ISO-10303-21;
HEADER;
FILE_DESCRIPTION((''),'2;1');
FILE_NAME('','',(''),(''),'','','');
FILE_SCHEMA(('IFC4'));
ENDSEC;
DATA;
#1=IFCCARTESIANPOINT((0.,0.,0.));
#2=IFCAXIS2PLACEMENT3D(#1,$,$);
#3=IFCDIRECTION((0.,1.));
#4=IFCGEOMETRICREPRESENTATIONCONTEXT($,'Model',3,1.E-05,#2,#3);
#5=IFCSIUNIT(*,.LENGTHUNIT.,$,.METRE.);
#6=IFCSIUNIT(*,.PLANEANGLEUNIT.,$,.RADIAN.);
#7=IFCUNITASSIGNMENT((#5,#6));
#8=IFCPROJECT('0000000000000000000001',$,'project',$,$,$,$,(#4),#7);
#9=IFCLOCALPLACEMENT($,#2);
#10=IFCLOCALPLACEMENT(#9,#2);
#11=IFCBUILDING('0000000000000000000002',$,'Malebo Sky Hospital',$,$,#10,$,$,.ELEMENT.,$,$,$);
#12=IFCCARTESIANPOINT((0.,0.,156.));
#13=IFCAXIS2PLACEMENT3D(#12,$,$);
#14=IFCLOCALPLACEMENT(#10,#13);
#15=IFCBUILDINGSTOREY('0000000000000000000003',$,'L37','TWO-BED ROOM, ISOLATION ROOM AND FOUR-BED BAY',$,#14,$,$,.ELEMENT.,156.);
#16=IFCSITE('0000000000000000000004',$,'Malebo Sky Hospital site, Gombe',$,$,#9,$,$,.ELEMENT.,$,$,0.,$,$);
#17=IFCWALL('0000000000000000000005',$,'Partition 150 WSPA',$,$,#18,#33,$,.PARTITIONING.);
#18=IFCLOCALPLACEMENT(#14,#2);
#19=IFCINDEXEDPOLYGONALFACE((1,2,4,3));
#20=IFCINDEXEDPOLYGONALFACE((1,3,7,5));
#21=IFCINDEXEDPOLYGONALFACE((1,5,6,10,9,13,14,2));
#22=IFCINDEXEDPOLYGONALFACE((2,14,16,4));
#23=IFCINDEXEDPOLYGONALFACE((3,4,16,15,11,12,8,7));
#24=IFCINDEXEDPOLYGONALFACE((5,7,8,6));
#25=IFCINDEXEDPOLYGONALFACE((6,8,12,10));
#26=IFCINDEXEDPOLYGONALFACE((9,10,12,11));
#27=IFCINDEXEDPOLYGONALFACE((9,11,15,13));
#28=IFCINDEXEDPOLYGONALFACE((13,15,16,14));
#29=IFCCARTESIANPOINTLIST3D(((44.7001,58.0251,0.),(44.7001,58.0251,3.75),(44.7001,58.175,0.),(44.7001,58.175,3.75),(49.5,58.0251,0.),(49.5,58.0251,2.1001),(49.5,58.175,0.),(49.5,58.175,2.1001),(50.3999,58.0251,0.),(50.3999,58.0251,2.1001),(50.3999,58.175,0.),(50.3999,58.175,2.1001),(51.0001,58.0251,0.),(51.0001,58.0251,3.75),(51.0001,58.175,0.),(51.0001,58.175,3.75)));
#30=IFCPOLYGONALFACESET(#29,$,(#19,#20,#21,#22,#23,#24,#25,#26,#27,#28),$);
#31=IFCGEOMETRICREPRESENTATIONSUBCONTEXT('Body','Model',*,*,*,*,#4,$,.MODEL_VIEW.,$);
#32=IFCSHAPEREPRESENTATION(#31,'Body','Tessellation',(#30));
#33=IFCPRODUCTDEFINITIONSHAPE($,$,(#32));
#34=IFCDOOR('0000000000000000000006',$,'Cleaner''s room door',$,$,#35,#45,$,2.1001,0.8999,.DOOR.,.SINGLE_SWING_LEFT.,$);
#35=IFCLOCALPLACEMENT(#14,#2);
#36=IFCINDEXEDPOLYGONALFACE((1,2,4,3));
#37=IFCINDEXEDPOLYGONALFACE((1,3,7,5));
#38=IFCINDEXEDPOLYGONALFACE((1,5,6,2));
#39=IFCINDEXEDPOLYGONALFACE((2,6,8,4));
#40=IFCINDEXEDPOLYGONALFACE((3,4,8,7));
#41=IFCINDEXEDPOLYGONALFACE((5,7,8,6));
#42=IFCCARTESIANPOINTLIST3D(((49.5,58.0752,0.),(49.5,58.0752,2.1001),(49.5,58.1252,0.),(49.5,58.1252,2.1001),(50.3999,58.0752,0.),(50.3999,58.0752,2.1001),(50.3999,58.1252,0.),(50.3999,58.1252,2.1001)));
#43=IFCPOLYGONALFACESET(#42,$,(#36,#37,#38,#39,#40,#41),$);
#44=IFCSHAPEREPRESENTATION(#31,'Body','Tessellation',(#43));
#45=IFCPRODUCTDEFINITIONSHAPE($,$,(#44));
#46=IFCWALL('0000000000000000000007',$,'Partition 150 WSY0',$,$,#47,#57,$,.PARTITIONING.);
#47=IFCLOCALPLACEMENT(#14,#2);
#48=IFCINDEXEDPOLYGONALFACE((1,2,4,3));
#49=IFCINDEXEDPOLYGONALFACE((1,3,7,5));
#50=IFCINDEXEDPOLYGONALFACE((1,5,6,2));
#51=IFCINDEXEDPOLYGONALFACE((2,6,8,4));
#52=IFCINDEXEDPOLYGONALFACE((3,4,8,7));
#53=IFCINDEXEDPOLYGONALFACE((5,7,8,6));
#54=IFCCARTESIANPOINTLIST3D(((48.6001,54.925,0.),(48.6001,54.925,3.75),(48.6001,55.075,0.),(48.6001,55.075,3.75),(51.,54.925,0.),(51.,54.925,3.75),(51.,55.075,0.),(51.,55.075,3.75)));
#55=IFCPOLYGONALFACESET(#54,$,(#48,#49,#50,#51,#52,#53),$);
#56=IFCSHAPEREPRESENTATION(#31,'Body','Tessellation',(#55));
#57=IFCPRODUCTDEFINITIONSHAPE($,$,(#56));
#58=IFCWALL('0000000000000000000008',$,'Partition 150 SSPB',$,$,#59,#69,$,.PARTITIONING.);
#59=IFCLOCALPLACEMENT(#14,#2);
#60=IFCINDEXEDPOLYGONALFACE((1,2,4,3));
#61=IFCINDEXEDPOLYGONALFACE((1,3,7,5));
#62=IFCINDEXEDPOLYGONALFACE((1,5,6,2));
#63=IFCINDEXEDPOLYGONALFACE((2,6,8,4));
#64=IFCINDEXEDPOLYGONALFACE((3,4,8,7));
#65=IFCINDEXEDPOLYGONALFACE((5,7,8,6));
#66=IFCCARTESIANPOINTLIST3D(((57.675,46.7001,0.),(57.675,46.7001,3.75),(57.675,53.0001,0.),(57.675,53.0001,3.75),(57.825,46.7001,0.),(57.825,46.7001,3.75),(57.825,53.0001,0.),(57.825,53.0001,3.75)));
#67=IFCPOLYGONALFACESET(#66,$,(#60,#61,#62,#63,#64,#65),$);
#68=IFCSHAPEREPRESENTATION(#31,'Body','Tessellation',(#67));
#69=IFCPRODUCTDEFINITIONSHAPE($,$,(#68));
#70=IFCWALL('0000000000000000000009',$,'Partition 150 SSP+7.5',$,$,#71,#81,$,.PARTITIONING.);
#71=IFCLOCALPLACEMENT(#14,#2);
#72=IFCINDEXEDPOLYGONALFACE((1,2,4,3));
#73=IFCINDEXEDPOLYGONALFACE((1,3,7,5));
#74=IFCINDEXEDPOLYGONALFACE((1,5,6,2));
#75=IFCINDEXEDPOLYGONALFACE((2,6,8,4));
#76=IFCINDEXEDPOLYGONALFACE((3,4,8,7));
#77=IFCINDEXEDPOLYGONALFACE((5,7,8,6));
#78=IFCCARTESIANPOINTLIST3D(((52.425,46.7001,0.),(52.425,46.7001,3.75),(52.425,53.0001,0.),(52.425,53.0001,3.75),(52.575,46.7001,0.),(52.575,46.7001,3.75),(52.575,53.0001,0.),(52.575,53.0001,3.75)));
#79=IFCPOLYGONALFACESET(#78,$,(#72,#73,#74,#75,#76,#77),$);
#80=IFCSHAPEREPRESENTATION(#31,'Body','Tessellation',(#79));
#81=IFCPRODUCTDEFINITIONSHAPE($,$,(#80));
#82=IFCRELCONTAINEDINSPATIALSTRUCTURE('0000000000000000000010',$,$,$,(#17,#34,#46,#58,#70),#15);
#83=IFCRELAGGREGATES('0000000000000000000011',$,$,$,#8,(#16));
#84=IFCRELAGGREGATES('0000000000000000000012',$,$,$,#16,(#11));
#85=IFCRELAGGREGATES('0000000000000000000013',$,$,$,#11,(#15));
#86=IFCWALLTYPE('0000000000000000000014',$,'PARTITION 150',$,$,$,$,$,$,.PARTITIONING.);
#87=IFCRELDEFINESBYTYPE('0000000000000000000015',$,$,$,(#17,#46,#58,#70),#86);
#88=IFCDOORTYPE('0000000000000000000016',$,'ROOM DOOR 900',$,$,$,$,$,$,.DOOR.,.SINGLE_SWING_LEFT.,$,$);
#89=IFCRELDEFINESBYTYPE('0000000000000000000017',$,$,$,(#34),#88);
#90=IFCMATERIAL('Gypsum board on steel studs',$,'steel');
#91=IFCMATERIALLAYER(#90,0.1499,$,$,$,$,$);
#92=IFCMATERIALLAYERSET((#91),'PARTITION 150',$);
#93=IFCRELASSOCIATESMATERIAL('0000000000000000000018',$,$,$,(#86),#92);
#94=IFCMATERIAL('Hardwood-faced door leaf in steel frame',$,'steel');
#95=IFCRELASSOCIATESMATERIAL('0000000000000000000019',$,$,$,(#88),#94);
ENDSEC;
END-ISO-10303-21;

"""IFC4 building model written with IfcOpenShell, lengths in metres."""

from ifc_helpers import new_model, si_unit, direction, frame, frame_2d, origin, place, context, subcontext, project, spatial, rectangle, extrude, material, layer, layer_set, type_object, element, fill, save


model = new_model("IFC4")

# Units and contexts
model_context = context("Model", 3, precision=1e-05, world=origin(), true_north=direction((0.0, 1.0)))
body_context = subcontext(model_context, "Body", "Model", "MODEL_VIEW")
ifc_project = project(units=[si_unit("LENGTHUNIT", "METRE"), si_unit("PLANEANGLEUNIT", "RADIAN")], contexts=[model_context])

# Site, building, storey
site_placement = place(None, origin())
site = spatial("IfcSite", under=ifc_project, at=site_placement, Name="Malebo Sky Hospital site, Gombe", CompositionType="ELEMENT", RefElevation=0.0)
building_placement = place(site_placement, origin())
building = spatial("IfcBuilding", under=site, at=building_placement, Name="Malebo Sky Hospital", CompositionType="ELEMENT")
storey_placement = place(building_placement, frame((0.0, 0.0, 156.0)))
storey = spatial("IfcBuildingStorey", under=building, at=storey_placement, Name="L37", Description="TWO-BED ROOM, ISOLATION ROOM AND FOUR-BED BAY", CompositionType="ELEMENT", Elevation=156.0)

# Shared definitions
ifc_material_1 = material(Name="Hardwood-faced door leaf in steel frame", Category="steel")

# Shared definitions
ifc_material_2 = material(Name="Gypsum board on steel studs", Category="steel")

# Shared definitions
ifc_layer_1 = layer(ifc_material_2, 0.1499)
ifc_layer_set_1 = layer_set([ifc_layer_1], Name="PARTITION 150")
wall_type_1 = type_object("IfcWallType", Name="PARTITION 150", PredefinedType="PARTITIONING", material=ifc_layer_set_1)

# Wall, opening, door
wall_1_placement = place(storey_placement, frame((51.0, 58.1001, 0.0), z_axis=(0.0, 0.0, 1.0), x_axis=(-1.0, 0.0, 0.0)))
wall_1 = element("IfcWall", 1, at=wall_1_placement, inside=storey, type_object=wall_type_1, Name="Partition 150 WSPA", PredefinedType="PARTITIONING", context=body_context, shape_type="SweptSolid", body=[
    extrude(rectangle(XDim=6.3, YDim=0.1499, at=frame_2d((3.1499, 0.0))), origin(), (0.0, 0.0, 1.0), 3.75),
])
opening_1_placement = place(wall_1_placement, frame((0.6001, 0.0, 0.0)))
opening_1 = element("IfcOpeningElement", 2, at=opening_1_placement, cuts=wall_1, PredefinedType="OPENING", context=body_context, shape_type="SweptSolid", body=[
    extrude(rectangle(XDim=0.8999, YDim=2.1001, at=frame_2d((0.45, 1.05))), frame((0.0, 0.085, 0.0), z_axis=(0.0, -1.0, 0.0), x_axis=(1.0, 0.0, 0.0)), (0.0, 0.0, 1.0), 0.1699),
])
door_type_1 = type_object("IfcDoorType", Name="ROOM DOOR 900", OperationType="SINGLE_SWING_LEFT", PredefinedType="DOOR", material=ifc_material_1)
door_1_placement = place(opening_1_placement, origin())
door_1 = element("IfcDoor", 3, at=door_1_placement, inside=storey, type_object=door_type_1, Name="Cleaner's room door", OperationType="SINGLE_SWING_LEFT", OverallHeight=2.1001, OverallWidth=0.8999, PredefinedType="DOOR", context=body_context, shape_type="SweptSolid", body=[
    extrude(rectangle(XDim=0.8999, YDim=2.1001, at=frame_2d((0.45, 1.05))), frame((0.0, 0.0249, 0.0), z_axis=(0.0, -1.0, 0.0), x_axis=(1.0, 0.0, 0.0)), (0.0, 0.0, 1.0), 0.05),
])
fill(opening_1, door_1)

# Walls
wall_2_placement = place(storey_placement, frame((51.0, 55.0, 0.0), z_axis=(0.0, 0.0, 1.0), x_axis=(-1.0, 0.0, 0.0)))
element("IfcWall", 4, at=wall_2_placement, inside=storey, type_object=wall_type_1, Name="Partition 150 WSY0", PredefinedType="PARTITIONING", context=body_context, shape_type="SweptSolid", body=[
    extrude(rectangle(XDim=2.3999, YDim=0.1499, at=frame_2d((1.2, 0.0))), origin(), (0.0, 0.0, 1.0), 3.75),
])
for number, where, z_axis, x_axis, name in (
    (5, (57.75, 53.0, 0.0), (0.0, 0.0, 1.0), (0.0, -1.0, 0.0), "Partition 150 SSPB"),
    (6, (52.5, 53.0, 0.0), (0.0, 0.0, 1.0), (0.0, -1.0, 0.0), "Partition 150 SSP+7.5"),
):
    element("IfcWall", number, at=place(storey_placement, frame(where, z_axis=z_axis, x_axis=x_axis)), inside=storey, type_object=wall_type_1, Name=name, PredefinedType="PARTITIONING", context=body_context, shape_type="SweptSolid", body=[
        extrude(rectangle(XDim=6.3, YDim=0.1499, at=frame_2d((3.1499, 0.0))), origin(), (0.0, 0.0, 1.0), 3.75),
    ])

save(model, "model.ifc")
